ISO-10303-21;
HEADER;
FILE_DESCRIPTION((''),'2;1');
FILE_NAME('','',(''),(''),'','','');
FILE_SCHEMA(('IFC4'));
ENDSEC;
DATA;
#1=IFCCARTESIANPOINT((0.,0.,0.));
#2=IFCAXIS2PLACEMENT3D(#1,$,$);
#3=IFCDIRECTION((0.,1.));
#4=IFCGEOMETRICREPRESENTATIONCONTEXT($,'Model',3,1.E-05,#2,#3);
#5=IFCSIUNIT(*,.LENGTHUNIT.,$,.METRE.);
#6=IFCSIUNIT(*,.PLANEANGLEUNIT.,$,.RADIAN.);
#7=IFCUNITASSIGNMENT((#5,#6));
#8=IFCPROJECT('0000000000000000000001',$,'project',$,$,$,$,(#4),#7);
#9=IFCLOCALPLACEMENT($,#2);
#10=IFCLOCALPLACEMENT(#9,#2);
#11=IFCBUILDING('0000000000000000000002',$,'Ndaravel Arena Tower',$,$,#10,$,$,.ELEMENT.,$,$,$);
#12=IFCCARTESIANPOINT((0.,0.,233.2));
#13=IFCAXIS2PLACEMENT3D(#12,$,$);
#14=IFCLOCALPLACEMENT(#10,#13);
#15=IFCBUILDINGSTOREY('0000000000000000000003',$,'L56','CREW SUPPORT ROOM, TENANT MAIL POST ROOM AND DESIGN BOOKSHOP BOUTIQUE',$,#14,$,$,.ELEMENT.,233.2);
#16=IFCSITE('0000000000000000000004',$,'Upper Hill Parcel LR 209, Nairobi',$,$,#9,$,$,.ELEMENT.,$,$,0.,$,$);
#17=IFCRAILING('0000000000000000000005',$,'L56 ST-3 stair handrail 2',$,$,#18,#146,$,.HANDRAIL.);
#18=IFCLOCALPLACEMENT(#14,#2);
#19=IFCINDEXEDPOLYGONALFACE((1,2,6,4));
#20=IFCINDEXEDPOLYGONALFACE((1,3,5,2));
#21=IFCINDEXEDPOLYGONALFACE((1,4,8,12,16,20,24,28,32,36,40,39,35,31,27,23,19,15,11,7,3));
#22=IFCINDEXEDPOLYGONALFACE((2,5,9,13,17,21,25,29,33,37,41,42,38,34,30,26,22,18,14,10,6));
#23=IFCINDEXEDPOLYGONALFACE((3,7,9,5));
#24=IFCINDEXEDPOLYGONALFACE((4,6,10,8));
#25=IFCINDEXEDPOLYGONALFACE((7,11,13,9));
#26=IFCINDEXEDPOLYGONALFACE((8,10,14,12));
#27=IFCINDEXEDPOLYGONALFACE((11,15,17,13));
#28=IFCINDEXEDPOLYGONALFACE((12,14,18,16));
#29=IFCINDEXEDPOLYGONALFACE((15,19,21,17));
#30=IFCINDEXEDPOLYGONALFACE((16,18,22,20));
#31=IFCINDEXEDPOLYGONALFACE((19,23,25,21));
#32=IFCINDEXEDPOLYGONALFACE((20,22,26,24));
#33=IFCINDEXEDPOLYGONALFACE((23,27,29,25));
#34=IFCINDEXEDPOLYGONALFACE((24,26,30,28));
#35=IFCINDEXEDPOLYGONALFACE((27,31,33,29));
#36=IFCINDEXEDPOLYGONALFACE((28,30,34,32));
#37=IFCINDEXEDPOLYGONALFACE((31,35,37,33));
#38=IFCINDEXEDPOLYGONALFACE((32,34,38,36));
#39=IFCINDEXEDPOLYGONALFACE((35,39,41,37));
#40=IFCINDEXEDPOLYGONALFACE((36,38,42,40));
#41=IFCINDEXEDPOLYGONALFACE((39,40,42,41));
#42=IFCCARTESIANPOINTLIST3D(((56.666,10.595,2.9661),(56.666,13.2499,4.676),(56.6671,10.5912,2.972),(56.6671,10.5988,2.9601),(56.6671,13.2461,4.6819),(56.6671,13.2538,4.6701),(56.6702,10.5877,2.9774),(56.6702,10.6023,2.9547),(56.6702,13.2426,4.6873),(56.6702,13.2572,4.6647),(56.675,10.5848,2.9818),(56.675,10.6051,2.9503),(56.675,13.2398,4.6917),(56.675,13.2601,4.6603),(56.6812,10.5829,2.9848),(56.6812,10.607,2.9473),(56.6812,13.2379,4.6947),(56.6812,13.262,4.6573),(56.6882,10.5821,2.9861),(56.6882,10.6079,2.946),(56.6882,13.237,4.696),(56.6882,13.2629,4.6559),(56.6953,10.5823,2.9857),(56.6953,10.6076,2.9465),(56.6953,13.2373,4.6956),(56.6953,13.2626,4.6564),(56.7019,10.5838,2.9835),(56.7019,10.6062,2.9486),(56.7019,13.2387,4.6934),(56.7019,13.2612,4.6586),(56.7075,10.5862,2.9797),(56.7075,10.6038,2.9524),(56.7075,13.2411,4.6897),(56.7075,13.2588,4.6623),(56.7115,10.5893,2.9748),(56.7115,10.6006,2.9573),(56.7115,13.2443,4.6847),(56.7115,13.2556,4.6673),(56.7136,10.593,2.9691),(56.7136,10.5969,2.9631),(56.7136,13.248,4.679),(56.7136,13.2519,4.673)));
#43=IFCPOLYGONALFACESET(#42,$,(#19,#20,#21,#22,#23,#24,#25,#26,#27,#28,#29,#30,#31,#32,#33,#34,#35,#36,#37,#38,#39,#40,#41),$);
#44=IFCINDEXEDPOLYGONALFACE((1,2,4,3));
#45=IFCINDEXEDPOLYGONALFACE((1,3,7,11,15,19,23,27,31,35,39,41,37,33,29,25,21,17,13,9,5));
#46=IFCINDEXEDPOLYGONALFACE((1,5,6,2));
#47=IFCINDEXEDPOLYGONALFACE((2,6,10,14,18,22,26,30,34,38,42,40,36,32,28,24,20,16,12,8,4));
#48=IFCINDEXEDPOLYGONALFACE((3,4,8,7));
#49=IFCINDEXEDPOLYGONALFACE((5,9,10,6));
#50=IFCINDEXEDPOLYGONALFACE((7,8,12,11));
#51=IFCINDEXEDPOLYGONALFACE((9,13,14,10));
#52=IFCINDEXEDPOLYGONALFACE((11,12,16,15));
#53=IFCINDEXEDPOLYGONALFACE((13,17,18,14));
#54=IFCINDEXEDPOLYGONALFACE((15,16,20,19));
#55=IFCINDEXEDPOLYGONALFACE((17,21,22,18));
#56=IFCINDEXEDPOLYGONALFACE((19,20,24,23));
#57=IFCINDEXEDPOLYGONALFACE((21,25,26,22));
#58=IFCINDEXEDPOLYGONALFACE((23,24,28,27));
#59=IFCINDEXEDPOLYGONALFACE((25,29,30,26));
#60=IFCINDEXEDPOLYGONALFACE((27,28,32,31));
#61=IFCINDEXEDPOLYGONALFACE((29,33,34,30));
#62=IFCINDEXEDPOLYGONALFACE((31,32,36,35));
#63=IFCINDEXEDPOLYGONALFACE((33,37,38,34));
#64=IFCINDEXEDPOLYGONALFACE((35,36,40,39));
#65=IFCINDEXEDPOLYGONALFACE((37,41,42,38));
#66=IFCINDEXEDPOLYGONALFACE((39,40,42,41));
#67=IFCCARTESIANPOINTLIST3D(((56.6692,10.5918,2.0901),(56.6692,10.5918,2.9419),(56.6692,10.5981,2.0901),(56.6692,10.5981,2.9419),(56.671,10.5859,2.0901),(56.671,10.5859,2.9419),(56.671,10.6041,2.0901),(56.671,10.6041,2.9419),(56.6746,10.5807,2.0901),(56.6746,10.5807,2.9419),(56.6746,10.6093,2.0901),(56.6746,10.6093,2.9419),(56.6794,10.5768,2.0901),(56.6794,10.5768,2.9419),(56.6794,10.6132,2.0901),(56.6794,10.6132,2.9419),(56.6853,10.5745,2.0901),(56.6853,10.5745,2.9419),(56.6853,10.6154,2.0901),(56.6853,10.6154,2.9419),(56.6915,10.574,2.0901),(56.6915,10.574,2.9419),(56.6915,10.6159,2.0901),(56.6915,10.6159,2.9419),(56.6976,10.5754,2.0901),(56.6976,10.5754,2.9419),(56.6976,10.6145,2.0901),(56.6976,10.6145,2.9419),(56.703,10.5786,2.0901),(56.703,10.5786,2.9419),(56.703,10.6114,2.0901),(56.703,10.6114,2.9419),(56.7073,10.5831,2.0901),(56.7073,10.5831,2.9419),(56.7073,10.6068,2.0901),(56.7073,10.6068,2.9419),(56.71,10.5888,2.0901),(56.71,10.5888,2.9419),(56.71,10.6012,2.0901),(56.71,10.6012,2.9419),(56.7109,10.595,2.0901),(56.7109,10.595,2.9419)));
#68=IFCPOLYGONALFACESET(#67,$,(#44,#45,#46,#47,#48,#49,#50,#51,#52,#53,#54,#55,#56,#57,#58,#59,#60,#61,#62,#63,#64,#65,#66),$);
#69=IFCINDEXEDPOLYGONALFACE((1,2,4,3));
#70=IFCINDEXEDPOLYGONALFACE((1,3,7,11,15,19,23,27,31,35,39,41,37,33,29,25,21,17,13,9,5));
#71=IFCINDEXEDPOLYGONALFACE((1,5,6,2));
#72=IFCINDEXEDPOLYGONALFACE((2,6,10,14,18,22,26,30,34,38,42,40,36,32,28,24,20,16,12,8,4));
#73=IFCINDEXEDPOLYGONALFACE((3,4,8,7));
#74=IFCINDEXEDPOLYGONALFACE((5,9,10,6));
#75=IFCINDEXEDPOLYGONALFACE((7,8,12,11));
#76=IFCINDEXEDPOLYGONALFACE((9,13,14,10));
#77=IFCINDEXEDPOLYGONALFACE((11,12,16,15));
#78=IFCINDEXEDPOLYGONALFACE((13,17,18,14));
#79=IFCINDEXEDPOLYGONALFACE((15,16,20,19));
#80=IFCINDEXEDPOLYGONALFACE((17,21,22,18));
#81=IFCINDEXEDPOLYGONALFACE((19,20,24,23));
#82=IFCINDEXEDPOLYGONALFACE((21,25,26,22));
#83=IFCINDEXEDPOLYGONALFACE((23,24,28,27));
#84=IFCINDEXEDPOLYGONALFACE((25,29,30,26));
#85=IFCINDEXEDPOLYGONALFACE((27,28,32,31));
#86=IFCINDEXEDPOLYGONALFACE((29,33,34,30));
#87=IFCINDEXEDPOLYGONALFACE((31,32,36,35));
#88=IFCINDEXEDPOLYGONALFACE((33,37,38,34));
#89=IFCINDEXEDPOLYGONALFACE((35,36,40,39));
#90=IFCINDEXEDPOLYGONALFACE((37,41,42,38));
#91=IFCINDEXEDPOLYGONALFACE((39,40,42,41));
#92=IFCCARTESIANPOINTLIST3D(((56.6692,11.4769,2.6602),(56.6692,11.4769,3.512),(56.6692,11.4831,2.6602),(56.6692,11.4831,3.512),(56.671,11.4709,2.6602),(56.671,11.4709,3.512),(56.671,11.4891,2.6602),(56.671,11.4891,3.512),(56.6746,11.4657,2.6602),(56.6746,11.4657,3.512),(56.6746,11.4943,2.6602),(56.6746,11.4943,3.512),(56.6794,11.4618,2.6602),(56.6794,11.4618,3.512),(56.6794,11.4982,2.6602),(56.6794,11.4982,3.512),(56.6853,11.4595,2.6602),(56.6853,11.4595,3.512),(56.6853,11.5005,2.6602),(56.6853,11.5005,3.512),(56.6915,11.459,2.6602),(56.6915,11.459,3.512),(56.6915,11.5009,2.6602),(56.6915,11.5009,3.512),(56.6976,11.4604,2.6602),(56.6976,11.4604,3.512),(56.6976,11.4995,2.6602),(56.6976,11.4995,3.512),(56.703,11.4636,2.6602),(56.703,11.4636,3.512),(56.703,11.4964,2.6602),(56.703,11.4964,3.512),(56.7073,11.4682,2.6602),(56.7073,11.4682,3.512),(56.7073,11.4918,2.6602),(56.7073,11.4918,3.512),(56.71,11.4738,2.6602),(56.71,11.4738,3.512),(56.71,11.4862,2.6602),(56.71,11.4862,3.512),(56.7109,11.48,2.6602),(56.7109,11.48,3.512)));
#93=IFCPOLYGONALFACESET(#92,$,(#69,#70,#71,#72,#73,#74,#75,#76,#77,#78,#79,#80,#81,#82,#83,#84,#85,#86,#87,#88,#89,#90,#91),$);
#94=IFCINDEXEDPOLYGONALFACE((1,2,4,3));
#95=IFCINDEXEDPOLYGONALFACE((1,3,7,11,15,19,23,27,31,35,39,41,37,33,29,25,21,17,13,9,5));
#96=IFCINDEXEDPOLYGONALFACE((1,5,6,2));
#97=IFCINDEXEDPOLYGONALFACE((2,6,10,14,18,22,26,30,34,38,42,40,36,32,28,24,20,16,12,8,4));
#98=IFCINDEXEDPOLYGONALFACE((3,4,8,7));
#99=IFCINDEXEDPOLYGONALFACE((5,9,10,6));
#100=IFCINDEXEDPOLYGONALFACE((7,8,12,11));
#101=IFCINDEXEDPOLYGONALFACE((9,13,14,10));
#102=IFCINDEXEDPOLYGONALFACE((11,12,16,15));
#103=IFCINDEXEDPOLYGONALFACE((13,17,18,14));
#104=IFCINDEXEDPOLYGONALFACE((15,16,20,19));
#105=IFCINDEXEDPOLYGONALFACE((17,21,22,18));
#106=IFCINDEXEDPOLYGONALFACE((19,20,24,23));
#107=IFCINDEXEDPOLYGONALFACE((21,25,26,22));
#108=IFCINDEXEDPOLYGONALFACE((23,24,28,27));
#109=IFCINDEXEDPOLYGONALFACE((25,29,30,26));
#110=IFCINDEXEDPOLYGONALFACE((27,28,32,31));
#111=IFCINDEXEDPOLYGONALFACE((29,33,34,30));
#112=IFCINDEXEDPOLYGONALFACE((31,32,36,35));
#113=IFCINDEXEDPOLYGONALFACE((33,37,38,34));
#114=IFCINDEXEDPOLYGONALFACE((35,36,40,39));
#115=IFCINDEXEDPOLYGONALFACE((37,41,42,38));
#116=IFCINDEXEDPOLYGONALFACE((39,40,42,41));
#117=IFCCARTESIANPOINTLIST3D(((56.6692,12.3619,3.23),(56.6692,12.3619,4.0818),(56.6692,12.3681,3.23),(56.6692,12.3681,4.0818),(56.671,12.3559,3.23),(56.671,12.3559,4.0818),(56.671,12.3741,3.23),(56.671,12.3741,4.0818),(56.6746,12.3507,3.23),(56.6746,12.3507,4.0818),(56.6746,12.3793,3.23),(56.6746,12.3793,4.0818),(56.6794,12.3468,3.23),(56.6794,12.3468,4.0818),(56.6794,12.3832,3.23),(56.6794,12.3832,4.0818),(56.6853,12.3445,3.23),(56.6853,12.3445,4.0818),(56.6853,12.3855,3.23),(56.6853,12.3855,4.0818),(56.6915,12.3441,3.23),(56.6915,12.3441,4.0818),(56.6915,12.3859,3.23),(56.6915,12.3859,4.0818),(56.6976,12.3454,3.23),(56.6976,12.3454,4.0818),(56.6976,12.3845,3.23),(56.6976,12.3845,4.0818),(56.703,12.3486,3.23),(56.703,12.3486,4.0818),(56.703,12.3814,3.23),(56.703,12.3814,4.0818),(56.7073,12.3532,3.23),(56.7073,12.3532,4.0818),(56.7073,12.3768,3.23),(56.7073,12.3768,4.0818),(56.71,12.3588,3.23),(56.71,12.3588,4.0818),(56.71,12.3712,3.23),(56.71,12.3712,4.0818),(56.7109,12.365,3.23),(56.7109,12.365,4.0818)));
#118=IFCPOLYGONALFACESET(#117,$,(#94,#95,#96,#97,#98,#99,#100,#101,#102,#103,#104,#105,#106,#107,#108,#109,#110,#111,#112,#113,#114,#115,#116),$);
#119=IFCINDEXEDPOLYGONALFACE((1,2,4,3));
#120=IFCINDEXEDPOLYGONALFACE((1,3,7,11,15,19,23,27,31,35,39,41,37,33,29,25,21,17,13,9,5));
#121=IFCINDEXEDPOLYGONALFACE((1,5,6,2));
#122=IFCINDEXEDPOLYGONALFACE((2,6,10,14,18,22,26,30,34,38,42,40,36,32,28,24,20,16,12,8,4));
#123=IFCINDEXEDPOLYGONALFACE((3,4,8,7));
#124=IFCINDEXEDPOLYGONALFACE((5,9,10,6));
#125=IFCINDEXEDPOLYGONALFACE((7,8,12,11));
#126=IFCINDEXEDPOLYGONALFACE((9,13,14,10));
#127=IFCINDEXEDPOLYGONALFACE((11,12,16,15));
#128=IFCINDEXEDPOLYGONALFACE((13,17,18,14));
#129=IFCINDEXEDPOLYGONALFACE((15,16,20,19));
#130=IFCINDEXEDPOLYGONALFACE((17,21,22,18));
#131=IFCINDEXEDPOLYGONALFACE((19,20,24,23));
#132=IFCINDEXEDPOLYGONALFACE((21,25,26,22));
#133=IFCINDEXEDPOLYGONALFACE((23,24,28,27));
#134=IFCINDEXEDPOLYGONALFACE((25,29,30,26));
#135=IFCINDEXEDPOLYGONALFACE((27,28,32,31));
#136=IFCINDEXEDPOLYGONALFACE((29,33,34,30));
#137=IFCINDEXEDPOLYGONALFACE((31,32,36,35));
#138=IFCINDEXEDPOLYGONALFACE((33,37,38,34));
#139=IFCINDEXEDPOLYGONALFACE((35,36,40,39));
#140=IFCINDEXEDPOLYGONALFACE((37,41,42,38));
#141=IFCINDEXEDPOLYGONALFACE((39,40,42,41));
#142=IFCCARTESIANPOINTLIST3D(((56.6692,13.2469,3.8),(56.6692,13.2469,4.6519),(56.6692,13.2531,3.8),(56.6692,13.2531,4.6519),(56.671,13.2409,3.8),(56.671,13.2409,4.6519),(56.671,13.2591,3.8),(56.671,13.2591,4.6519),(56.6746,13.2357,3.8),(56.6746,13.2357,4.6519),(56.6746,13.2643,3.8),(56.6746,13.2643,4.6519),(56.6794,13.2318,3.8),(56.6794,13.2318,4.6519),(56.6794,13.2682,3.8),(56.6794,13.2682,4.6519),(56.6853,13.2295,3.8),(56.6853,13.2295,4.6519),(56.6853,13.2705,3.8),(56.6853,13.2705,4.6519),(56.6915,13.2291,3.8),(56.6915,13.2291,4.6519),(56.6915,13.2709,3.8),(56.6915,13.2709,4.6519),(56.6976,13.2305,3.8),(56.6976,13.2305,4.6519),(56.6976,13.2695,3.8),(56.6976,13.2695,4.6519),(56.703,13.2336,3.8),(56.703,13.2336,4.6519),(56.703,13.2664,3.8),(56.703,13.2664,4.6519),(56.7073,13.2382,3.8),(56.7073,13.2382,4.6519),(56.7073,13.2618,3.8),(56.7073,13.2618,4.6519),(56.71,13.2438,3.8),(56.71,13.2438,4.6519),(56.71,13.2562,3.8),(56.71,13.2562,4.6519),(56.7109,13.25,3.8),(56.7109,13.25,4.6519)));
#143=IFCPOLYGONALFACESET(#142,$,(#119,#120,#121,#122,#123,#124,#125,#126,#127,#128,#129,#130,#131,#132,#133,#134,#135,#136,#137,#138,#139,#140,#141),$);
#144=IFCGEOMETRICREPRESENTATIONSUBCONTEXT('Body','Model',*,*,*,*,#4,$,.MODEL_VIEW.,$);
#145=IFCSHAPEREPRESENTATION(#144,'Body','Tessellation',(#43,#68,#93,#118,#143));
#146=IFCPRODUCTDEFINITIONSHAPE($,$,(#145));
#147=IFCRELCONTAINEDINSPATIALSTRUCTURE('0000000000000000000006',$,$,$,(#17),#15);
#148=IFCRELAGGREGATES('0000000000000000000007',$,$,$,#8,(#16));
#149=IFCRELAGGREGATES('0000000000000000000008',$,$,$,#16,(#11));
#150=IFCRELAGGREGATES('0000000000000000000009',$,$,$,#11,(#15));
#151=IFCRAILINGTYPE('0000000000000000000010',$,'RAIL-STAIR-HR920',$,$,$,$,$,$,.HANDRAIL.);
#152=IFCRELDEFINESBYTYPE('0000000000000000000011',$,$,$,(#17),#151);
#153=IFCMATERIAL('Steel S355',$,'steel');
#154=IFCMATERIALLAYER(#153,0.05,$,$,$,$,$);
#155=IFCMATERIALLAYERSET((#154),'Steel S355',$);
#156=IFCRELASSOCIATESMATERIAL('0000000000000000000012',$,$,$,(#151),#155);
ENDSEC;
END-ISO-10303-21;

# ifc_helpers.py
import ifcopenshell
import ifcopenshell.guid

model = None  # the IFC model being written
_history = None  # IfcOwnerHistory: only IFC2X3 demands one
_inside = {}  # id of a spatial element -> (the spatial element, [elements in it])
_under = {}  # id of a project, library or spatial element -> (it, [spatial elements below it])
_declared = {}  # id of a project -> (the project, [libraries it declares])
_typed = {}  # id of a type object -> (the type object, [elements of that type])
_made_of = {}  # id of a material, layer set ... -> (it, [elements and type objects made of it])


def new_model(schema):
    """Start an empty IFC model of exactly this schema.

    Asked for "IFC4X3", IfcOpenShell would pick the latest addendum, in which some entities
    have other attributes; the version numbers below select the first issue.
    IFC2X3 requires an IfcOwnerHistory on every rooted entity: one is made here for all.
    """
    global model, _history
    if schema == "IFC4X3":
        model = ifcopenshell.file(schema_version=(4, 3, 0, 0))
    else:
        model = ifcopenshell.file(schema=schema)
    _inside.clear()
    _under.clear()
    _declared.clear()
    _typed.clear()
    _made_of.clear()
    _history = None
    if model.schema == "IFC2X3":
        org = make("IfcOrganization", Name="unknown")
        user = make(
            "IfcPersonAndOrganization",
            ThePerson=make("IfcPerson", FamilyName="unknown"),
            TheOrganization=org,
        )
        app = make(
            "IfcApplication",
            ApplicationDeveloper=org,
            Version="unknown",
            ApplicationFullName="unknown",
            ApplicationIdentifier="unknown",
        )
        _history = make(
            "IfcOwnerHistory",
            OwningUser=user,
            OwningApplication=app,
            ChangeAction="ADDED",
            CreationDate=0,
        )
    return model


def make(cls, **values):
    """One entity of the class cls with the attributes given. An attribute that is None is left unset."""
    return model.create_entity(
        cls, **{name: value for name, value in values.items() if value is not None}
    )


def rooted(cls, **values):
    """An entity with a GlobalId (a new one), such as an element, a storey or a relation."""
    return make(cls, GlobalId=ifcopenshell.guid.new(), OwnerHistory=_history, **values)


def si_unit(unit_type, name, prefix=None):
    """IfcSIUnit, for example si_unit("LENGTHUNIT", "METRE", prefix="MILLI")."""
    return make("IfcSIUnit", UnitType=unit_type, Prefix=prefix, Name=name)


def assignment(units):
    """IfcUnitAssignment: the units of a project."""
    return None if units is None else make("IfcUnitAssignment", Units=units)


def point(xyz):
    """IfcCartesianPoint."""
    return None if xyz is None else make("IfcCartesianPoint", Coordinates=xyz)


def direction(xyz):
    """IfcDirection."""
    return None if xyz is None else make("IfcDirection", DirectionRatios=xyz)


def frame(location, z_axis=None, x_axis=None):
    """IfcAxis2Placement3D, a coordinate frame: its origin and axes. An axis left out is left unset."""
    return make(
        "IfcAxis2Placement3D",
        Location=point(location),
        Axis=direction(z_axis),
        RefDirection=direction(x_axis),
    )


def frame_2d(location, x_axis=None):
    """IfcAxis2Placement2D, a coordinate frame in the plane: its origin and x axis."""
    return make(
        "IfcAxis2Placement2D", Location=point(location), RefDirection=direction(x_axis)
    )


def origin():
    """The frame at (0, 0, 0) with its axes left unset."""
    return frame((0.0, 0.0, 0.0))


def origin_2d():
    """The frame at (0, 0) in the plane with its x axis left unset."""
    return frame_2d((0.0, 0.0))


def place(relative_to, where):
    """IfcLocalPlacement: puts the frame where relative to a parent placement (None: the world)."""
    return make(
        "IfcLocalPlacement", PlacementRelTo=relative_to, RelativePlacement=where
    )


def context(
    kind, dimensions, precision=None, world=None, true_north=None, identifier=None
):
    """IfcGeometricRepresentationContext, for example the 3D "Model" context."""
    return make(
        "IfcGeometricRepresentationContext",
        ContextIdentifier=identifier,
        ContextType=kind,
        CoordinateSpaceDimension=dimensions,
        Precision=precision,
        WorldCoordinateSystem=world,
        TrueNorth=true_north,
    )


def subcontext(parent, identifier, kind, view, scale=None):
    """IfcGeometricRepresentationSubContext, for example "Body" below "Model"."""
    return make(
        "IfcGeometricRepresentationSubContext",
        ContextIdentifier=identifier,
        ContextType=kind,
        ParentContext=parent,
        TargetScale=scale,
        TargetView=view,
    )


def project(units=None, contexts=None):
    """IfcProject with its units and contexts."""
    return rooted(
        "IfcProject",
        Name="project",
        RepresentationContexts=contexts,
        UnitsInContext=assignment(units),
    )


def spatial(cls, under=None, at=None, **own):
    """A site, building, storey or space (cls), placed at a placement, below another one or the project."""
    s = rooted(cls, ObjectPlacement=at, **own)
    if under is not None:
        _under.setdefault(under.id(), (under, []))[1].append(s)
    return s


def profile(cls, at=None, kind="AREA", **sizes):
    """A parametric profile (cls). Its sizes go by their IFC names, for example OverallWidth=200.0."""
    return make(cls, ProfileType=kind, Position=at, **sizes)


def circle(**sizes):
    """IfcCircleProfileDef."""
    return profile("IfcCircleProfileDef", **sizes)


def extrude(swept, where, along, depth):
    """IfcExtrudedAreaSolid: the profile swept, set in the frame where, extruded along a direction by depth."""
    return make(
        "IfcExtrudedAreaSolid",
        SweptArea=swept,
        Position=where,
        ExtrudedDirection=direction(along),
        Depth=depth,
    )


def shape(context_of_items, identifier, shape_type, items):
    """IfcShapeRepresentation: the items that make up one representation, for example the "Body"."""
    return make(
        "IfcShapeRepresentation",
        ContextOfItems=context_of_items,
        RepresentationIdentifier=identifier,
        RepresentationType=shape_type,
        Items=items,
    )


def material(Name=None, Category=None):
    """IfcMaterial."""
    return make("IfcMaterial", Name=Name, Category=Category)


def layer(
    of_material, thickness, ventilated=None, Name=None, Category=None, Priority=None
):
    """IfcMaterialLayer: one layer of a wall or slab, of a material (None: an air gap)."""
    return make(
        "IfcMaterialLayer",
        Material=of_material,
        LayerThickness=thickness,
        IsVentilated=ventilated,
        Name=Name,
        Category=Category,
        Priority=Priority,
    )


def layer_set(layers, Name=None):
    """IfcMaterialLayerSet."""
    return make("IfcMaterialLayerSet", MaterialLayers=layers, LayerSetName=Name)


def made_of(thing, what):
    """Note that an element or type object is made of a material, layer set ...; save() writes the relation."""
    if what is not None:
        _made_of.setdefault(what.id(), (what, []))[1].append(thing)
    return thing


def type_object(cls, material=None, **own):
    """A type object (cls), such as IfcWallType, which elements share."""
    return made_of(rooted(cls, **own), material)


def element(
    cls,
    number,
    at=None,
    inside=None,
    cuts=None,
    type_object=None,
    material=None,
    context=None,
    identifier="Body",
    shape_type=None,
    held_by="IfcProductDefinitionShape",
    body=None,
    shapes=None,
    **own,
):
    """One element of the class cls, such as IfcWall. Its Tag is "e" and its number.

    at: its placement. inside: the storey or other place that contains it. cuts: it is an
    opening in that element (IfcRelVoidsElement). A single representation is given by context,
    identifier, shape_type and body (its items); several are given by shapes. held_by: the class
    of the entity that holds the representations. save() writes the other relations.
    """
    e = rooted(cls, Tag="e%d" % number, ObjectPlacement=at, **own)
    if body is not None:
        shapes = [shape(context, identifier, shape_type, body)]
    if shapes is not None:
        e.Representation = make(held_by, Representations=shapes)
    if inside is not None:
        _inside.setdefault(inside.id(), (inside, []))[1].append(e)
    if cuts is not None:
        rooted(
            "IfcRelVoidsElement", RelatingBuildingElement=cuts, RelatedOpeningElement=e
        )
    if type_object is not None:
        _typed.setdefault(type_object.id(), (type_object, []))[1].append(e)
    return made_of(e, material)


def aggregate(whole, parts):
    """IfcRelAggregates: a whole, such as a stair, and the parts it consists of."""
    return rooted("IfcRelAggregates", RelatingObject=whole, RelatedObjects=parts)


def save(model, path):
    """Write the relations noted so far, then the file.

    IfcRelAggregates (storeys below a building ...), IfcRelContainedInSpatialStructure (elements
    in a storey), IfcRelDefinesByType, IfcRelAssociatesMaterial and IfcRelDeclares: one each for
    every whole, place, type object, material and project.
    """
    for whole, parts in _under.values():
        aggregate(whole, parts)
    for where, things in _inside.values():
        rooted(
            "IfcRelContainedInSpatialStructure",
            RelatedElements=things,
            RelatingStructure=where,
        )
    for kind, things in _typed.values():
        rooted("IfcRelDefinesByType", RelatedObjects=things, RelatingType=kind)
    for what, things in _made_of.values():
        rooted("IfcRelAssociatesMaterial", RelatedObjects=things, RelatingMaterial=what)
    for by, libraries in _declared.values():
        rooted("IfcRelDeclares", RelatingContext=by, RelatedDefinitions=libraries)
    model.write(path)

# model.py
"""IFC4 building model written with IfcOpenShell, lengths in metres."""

from ifc_helpers import new_model, si_unit, direction, frame, origin, origin_2d, place, context, subcontext, project, spatial, circle, extrude, material, layer, layer_set, type_object, element, save


model = new_model("IFC4")

# Units and contexts
model_context = context("Model", 3, precision=1e-05, world=origin(), true_north=direction((0.0, 1.0)))
body_context = subcontext(model_context, "Body", "Model", "MODEL_VIEW")
ifc_project = project(units=[si_unit("LENGTHUNIT", "METRE"), si_unit("PLANEANGLEUNIT", "RADIAN")], contexts=[model_context])

# Site, building, storey
site_placement = place(None, origin())
site = spatial("IfcSite", under=ifc_project, at=site_placement, Name="Upper Hill Parcel LR 209, Nairobi", CompositionType="ELEMENT", RefElevation=0.0)
building_placement = place(site_placement, origin())
building = spatial("IfcBuilding", under=site, at=building_placement, Name="Ndaravel Arena Tower", CompositionType="ELEMENT")
storey_placement = place(building_placement, frame((0.0, 0.0, 233.2)))
storey = spatial("IfcBuildingStorey", under=building, at=storey_placement, Name="L56", Description="CREW SUPPORT ROOM, TENANT MAIL POST ROOM AND DESIGN BOOKSHOP BOUTIQUE", CompositionType="ELEMENT", Elevation=233.2)

# Railing
ifc_material_1 = material(Name="Steel S355", Category="steel")
ifc_layer_1 = layer(ifc_material_1, 0.05)
ifc_layer_set_1 = layer_set([ifc_layer_1], Name="Steel S355")
railing_type_1 = type_object("IfcRailingType", Name="RAIL-STAIR-HR920", PredefinedType="HANDRAIL", material=ifc_layer_set_1)
railing_1_placement = place(storey_placement, frame((56.6899, 10.595, 2.0901)))
element("IfcRailing", 1, at=railing_1_placement, inside=storey, type_object=railing_type_1, Name="L56 ST-3 stair handrail 2", PredefinedType="HANDRAIL", context=body_context, shape_type="SweptSolid", body=[
    extrude(circle(Radius=0.0239, at=origin_2d()), frame((0.0, 0.0, 0.876), z_axis=(0.0, 0.840724, 0.541465), x_axis=(-1.0, 0.0, 0.0)), (0.0, 0.0, 1.0), 3.158),
    extrude(circle(Radius=0.021, at=origin_2d()), origin(), (0.0, 0.0, 1.0), 0.8518),
    extrude(circle(Radius=0.021, at=origin_2d()), frame((0.0, 0.885, 0.5701)), (0.0, 0.0, 1.0), 0.8518),
    extrude(circle(Radius=0.021, at=origin_2d()), frame((0.0, 1.77, 1.1399)), (0.0, 0.0, 1.0), 0.8518),
    extrude(circle(Radius=0.021, at=origin_2d()), frame((0.0, 2.655, 1.71)), (0.0, 0.0, 1.0), 0.8518),
])

save(model, "model.ifc")
